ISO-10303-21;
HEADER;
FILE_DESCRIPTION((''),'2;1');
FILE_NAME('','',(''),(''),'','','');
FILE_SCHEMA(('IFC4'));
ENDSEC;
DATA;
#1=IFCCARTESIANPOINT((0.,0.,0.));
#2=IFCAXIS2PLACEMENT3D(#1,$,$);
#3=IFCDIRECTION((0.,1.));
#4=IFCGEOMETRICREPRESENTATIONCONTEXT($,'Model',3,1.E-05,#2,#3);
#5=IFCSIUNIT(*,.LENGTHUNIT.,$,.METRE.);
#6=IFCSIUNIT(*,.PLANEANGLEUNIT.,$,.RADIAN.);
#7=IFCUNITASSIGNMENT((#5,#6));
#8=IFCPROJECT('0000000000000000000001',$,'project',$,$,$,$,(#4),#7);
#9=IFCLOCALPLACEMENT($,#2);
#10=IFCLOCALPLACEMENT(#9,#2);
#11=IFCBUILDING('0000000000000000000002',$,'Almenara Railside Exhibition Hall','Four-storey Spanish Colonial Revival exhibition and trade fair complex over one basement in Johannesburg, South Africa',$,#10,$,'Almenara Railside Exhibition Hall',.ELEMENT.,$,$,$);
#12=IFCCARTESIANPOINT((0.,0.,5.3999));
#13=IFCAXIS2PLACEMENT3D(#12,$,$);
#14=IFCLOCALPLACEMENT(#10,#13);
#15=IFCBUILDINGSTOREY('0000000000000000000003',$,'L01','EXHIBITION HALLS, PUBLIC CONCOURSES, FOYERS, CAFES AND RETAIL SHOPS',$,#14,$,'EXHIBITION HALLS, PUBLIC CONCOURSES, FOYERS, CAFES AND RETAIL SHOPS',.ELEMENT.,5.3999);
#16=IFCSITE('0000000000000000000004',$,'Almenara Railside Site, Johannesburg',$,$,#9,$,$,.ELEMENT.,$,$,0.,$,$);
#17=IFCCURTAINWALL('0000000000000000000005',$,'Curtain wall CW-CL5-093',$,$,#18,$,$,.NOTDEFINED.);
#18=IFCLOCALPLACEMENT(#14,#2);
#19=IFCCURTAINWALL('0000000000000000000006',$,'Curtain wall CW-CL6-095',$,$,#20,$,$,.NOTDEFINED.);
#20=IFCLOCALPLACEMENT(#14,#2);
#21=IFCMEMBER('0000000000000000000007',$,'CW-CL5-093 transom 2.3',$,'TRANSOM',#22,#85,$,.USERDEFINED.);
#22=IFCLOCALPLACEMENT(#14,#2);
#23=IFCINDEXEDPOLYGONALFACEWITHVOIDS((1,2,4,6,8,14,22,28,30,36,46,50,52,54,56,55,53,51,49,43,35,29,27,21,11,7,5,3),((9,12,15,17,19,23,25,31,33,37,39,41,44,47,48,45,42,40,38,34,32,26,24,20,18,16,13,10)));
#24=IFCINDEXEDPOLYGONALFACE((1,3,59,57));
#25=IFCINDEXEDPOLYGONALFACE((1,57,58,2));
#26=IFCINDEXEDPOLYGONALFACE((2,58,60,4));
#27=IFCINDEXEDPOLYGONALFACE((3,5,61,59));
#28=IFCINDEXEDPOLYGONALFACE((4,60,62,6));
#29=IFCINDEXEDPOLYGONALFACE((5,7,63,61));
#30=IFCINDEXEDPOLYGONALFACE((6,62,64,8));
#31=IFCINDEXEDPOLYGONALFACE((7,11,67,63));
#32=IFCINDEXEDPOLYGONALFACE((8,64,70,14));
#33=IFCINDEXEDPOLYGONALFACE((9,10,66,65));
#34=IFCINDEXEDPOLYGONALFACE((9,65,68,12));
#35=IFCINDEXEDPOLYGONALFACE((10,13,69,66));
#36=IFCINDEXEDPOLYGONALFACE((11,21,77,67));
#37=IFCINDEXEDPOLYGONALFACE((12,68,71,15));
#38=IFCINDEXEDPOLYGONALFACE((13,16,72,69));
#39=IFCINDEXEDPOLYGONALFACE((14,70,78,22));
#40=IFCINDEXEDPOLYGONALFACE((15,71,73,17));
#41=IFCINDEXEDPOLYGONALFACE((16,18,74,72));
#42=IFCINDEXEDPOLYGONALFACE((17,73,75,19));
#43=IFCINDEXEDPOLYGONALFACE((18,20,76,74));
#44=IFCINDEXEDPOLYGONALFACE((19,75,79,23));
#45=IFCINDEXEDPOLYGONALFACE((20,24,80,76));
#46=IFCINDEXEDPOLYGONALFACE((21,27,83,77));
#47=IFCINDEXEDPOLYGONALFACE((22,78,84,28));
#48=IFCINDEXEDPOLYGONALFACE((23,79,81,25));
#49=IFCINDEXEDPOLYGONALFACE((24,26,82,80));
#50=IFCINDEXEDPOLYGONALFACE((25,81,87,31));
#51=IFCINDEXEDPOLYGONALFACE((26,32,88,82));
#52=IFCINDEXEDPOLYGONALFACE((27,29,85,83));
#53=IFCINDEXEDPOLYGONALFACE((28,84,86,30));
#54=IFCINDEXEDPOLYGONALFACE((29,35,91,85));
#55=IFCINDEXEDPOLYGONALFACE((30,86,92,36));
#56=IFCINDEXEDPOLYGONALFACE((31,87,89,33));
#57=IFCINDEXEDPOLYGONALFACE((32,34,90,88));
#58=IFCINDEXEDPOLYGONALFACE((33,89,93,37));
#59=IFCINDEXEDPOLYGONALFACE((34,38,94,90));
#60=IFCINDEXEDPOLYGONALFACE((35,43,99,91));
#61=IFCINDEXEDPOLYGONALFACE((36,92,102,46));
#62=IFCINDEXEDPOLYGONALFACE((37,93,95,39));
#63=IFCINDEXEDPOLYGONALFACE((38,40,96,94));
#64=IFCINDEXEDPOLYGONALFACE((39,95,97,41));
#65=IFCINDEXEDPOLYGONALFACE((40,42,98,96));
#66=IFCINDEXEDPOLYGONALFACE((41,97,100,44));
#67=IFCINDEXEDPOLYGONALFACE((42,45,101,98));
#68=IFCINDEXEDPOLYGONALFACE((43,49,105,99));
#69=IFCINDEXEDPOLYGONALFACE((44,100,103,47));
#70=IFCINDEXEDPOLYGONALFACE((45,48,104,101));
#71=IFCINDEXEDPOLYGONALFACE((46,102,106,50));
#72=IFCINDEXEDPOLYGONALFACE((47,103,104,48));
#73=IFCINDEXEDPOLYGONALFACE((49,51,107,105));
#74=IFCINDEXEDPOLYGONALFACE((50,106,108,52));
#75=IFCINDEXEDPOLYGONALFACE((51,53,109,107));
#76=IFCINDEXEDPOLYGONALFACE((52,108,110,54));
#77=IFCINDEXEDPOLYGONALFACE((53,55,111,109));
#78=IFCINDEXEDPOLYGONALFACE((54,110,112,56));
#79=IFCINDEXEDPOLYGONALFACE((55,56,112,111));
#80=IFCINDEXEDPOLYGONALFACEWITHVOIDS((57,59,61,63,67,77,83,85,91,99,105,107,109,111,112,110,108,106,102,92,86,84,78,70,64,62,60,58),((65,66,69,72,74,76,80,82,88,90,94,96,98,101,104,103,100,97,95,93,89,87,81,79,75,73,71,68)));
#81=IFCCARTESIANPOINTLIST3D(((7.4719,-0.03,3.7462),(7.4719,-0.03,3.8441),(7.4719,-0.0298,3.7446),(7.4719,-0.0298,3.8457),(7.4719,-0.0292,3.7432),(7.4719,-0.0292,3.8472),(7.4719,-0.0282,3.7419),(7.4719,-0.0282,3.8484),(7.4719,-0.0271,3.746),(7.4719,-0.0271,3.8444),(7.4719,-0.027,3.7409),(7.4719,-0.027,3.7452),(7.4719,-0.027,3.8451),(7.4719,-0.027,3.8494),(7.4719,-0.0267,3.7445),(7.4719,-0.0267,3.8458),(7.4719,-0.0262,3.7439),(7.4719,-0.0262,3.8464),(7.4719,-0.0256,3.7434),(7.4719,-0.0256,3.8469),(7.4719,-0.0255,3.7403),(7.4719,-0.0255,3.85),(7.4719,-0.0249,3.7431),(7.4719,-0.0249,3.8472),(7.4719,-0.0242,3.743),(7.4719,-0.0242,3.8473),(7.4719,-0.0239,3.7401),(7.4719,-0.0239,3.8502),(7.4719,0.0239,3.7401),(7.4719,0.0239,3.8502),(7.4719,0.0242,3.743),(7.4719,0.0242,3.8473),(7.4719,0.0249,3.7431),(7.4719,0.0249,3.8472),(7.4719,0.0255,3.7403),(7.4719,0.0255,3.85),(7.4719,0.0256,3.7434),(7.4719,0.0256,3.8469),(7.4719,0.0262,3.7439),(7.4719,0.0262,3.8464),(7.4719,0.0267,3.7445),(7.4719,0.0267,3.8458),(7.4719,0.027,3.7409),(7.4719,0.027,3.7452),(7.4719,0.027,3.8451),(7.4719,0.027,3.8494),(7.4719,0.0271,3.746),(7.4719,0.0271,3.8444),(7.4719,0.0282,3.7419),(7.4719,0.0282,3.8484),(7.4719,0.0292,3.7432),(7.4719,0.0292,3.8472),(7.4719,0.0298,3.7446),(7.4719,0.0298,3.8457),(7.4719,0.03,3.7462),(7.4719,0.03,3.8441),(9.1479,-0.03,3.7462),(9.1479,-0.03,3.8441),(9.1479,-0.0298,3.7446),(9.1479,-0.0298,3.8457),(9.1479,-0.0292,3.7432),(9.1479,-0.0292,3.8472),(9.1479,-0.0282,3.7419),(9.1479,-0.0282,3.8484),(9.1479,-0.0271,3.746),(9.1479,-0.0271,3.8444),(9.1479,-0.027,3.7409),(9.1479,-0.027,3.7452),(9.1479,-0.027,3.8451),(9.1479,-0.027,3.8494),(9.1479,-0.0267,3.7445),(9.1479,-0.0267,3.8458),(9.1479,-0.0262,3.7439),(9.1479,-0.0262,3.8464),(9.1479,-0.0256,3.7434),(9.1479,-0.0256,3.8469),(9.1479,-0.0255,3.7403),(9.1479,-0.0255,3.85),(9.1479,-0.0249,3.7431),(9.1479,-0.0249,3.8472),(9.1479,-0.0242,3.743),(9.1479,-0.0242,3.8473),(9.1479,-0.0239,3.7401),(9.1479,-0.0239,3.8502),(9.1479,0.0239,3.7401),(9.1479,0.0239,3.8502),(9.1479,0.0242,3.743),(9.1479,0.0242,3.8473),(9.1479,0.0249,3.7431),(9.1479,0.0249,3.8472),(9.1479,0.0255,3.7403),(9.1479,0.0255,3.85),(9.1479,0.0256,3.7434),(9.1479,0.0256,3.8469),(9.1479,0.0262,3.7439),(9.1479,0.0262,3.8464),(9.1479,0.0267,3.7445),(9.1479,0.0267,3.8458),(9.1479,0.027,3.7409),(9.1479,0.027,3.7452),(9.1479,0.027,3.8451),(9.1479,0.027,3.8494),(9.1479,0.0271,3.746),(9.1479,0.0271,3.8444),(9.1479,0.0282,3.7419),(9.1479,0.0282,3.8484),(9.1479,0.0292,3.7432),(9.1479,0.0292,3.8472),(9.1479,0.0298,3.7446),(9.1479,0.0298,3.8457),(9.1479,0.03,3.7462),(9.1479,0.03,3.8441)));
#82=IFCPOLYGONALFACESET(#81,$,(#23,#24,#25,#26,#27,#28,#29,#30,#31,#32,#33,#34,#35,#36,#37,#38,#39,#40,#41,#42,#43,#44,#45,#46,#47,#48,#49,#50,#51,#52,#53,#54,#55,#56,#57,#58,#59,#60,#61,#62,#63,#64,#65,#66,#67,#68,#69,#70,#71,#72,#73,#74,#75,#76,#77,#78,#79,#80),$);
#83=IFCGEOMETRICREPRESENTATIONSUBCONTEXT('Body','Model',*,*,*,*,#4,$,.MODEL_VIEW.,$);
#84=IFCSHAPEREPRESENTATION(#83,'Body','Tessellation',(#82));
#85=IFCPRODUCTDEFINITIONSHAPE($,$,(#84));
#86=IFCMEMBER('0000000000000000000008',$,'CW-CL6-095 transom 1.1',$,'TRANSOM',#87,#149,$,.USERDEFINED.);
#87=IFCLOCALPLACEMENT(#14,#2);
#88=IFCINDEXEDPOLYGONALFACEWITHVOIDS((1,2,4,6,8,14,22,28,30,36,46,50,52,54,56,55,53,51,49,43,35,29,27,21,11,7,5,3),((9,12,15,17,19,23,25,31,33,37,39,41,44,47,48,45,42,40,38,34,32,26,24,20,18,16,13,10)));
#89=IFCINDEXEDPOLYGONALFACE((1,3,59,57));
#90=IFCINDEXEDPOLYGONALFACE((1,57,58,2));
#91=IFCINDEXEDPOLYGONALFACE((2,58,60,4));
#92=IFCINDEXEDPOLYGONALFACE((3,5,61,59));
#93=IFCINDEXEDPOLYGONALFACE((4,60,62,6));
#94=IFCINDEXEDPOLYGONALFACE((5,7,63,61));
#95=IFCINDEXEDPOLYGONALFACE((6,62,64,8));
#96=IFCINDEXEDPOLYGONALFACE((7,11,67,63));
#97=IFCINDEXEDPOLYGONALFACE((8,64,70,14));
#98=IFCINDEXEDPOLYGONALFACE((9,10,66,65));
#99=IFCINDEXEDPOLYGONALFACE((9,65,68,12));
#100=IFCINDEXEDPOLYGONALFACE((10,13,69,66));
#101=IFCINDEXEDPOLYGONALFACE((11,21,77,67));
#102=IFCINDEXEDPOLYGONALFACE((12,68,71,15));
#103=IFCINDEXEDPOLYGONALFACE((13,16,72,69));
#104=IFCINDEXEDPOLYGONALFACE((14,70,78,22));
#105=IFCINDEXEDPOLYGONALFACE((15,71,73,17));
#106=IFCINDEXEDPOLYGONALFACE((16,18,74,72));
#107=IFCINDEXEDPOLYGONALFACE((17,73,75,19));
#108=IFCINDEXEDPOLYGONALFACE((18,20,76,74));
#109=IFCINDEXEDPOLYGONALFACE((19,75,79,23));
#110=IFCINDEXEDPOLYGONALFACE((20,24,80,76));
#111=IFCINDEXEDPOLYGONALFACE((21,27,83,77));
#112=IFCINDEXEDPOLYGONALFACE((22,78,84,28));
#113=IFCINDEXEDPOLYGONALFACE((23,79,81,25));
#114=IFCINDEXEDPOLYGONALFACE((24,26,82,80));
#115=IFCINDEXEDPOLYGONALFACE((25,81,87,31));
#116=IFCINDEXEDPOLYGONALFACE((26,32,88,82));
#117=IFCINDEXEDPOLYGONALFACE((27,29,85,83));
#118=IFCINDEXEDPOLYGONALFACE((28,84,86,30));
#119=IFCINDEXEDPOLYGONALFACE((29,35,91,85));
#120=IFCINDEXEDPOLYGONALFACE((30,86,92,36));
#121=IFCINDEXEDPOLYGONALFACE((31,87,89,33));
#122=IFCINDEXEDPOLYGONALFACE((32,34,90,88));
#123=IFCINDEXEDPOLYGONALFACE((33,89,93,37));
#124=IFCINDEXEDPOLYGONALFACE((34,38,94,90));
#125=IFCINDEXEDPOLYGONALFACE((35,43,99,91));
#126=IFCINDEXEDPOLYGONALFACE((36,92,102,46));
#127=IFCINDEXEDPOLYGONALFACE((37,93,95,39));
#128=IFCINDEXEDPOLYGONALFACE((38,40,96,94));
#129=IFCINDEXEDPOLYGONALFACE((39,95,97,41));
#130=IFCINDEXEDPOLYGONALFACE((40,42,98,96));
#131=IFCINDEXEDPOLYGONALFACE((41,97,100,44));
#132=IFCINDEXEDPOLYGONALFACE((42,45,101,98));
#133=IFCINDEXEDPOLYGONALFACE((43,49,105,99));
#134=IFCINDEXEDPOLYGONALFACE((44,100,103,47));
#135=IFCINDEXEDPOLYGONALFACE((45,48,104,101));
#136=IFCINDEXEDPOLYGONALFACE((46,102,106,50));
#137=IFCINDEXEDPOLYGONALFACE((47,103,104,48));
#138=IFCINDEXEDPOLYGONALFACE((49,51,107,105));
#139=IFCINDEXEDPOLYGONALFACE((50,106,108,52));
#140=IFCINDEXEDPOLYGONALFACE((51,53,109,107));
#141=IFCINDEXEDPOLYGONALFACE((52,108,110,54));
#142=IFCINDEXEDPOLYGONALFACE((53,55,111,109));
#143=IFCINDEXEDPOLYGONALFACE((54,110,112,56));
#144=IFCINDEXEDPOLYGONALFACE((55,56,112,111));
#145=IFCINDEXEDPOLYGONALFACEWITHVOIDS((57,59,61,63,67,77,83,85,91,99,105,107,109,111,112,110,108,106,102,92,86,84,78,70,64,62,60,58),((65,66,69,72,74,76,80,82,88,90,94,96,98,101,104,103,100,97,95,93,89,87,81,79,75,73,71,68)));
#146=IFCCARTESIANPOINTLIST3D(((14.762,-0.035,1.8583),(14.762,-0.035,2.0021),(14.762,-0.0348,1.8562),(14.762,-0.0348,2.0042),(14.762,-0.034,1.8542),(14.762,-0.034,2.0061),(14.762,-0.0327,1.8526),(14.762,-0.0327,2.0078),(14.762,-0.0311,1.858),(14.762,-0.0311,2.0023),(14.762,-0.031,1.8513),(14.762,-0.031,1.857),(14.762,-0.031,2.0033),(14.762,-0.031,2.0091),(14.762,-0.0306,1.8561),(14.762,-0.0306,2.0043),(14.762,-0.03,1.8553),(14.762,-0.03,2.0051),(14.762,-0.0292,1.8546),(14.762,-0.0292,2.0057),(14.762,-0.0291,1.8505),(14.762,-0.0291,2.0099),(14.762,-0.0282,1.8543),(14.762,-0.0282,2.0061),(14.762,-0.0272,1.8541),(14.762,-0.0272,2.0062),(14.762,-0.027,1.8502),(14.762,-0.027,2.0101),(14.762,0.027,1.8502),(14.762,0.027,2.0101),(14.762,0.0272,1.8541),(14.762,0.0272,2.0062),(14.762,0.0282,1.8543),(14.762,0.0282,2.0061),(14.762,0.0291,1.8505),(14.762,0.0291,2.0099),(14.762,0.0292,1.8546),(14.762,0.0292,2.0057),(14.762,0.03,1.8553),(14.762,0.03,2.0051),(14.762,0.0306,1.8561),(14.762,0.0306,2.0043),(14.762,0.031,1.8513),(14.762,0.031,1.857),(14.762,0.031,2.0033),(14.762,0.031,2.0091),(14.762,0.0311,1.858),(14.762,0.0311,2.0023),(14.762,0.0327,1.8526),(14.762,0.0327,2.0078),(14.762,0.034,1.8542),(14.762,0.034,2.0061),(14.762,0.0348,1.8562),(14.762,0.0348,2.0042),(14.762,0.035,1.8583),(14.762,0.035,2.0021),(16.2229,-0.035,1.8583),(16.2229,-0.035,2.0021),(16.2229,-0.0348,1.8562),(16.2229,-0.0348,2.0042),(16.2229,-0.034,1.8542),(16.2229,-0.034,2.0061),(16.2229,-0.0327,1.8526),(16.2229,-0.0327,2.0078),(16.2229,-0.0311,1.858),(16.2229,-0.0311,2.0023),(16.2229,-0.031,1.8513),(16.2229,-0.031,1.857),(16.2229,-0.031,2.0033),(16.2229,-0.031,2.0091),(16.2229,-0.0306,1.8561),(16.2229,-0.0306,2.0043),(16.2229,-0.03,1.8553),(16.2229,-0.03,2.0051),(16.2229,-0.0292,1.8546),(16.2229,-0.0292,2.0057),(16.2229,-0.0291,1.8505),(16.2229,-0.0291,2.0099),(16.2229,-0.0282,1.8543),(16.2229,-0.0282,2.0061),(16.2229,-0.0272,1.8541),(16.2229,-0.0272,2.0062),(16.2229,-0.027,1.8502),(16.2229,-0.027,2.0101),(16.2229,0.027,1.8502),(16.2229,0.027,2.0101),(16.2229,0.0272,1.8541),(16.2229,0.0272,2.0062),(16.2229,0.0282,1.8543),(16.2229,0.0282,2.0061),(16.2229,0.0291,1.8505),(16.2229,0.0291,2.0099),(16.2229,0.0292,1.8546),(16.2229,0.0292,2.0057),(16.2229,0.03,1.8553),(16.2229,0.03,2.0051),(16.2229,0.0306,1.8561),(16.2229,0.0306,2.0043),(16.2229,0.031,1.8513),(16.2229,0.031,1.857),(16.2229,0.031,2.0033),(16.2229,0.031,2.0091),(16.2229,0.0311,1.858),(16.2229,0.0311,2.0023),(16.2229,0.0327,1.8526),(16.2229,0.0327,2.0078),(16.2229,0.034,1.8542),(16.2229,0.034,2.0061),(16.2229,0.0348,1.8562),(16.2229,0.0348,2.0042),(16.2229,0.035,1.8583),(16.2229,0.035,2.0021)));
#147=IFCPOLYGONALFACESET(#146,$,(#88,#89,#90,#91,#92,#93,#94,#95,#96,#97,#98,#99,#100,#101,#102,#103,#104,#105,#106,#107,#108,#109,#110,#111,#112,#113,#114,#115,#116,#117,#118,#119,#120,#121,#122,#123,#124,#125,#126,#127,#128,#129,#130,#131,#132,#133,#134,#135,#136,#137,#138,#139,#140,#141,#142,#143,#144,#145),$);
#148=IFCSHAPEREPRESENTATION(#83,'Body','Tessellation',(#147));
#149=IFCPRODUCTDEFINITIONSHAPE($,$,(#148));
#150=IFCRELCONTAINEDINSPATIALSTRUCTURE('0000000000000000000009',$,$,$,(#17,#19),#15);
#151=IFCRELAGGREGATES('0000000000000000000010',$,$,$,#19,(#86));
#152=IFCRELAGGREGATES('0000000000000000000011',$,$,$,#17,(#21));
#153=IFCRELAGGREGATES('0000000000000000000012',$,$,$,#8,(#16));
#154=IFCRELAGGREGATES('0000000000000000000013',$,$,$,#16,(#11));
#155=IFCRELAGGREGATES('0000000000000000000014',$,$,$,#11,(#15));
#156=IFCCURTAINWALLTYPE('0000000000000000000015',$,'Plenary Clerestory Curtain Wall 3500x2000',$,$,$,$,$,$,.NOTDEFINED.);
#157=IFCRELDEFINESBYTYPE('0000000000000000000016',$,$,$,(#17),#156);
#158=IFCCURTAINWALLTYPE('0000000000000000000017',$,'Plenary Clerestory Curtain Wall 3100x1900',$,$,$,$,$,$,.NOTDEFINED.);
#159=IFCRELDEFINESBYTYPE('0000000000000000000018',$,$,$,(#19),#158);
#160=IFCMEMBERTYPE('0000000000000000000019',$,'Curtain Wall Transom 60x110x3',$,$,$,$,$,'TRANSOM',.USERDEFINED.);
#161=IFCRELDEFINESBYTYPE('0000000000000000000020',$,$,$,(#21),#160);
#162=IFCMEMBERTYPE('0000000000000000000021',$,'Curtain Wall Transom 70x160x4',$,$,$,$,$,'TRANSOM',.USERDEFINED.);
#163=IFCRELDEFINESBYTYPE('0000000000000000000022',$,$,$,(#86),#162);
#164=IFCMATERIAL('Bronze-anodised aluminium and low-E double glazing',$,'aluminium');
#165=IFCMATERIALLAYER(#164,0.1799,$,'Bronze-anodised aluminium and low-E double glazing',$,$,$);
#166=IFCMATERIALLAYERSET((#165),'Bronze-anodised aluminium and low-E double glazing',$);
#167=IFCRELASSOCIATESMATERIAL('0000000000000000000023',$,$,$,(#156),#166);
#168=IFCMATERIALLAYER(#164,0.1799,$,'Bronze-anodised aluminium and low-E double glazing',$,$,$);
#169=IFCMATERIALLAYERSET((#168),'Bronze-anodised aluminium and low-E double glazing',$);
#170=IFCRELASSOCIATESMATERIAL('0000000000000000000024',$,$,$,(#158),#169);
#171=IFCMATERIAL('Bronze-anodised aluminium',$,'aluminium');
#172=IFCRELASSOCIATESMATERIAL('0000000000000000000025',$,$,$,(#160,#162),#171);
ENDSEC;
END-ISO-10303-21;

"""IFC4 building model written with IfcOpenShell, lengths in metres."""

from ifc_helpers import new_model, si_unit, direction, frame, origin, origin_2d, place, context, subcontext, project, spatial, hollow_rectangle, extrude, material, layer, layer_set, material_profile, profile_set, type_object, element, aggregate, save


model = new_model("IFC4")

# Units and contexts
model_context = context("Model", 3, precision=1e-05, world=origin(), true_north=direction((0.0, 1.0)))
body_context = subcontext(model_context, "Body", "Model", "MODEL_VIEW")
ifc_project = project(units=[si_unit("LENGTHUNIT", "METRE"), si_unit("PLANEANGLEUNIT", "RADIAN")], contexts=[model_context])

# Site, building, storey
site_placement = place(None, origin())
site = spatial("IfcSite", under=ifc_project, at=site_placement, Name="Almenara Railside Site, Johannesburg", CompositionType="ELEMENT", RefElevation=0.0)
building_placement = place(site_placement, origin())
building = spatial("IfcBuilding", under=site, at=building_placement, Name="Almenara Railside Exhibition Hall", Description="Four-storey Spanish Colonial Revival exhibition and trade fair complex over one basement in Johannesburg, South Africa", LongName="Almenara Railside Exhibition Hall", CompositionType="ELEMENT")
storey_placement = place(building_placement, frame((0.0, 0.0, 5.3999)))
storey = spatial("IfcBuildingStorey", under=building, at=storey_placement, Name="L01", Description="EXHIBITION HALLS, PUBLIC CONCOURSES, FOYERS, CAFES AND RETAIL SHOPS", LongName="EXHIBITION HALLS, PUBLIC CONCOURSES, FOYERS, CAFES AND RETAIL SHOPS", CompositionType="ELEMENT", Elevation=5.3999)

# Curtain walls
ifc_material_1 = material(Name="Bronze-anodised aluminium and low-E double glazing", Category="aluminium")
ifc_layer_1 = layer(ifc_material_1, 0.1799, Name="Bronze-anodised aluminium and low-E double glazing")
ifc_layer_set_1 = layer_set([ifc_layer_1], Name="Bronze-anodised aluminium and low-E double glazing")
curtain_wall_type_1 = type_object("IfcCurtainWallType", Name="Plenary Clerestory Curtain Wall 3500x2000", PredefinedType="NOTDEFINED", material=ifc_layer_set_1)
curtain_wall_1_placement = place(storey_placement, origin())
curtain_wall_1 = element("IfcCurtainWall", 1, at=curtain_wall_1_placement, inside=storey, type_object=curtain_wall_type_1, Name="Curtain wall CW-CL5-093", PredefinedType="NOTDEFINED")
ifc_material_2 = material(Name="Bronze-anodised aluminium", Category="aluminium")
ifc_layer_2 = layer(ifc_material_1, 0.1799, Name="Bronze-anodised aluminium and low-E double glazing")
ifc_layer_set_2 = layer_set([ifc_layer_2], Name="Bronze-anodised aluminium and low-E double glazing")
curtain_wall_type_2 = type_object("IfcCurtainWallType", Name="Plenary Clerestory Curtain Wall 3100x1900", PredefinedType="NOTDEFINED", material=ifc_layer_set_2)
curtain_wall_2_placement = place(storey_placement, origin())
curtain_wall_2 = element("IfcCurtainWall", 2, at=curtain_wall_2_placement, inside=storey, type_object=curtain_wall_type_2, Name="Curtain wall CW-CL6-095", PredefinedType="NOTDEFINED")

# Members
ifc_material_profile_1 = material_profile(ifc_material_2, hollow_rectangle(XDim=0.0601, YDim=0.1101, WallThickness=0.0029, InnerFilletRadius=0.0029, OuterFilletRadius=0.0061, at=origin_2d()), Name="ALU-TRN 60x110x3")
ifc_profile_set_1 = profile_set([ifc_material_profile_1], Name="Bronze-anodised aluminium")
member_type_1 = type_object("IfcMemberType", Name="Curtain Wall Transom 60x110x3", ElementType="TRANSOM", PredefinedType="USERDEFINED", material=ifc_profile_set_1)
member_1_placement = place(storey_placement, frame((7.4719, 0.0, 3.7952), z_axis=(1.0, 0.0, 0.0), x_axis=(0.0, 1.0, 0.0)))
member_1 = element("IfcMember", 3, at=member_1_placement, type_object=member_type_1, Name="CW-CL5-093 transom 2.3", ObjectType="TRANSOM", PredefinedType="USERDEFINED", context=body_context, shape_type="SweptSolid", body=[
    extrude(hollow_rectangle(XDim=0.0601, YDim=0.1101, WallThickness=0.0029, InnerFilletRadius=0.0029, OuterFilletRadius=0.0061, at=origin_2d()), origin(), (0.0, 0.0, 1.0), 1.676),
])
ifc_material_profile_2 = material_profile(ifc_material_2, hollow_rectangle(XDim=0.0701, YDim=0.1599, WallThickness=0.0039, InnerFilletRadius=0.0039, OuterFilletRadius=0.0081, at=origin_2d()), Name="ALU-TRN 70x160x4")
ifc_profile_set_2 = profile_set([ifc_material_profile_2], Name="Bronze-anodised aluminium")
member_type_2 = type_object("IfcMemberType", Name="Curtain Wall Transom 70x160x4", ElementType="TRANSOM", PredefinedType="USERDEFINED", material=ifc_profile_set_2)
member_2_placement = place(storey_placement, frame((14.762, 0.0, 1.9302), z_axis=(1.0, 0.0, 0.0), x_axis=(0.0, 1.0, 0.0)))
member_2 = element("IfcMember", 4, at=member_2_placement, type_object=member_type_2, Name="CW-CL6-095 transom 1.1", ObjectType="TRANSOM", PredefinedType="USERDEFINED", context=body_context, shape_type="SweptSolid", body=[
    extrude(hollow_rectangle(XDim=0.0701, YDim=0.1599, WallThickness=0.0039, InnerFilletRadius=0.0039, OuterFilletRadius=0.0081, at=origin_2d()), origin(), (0.0, 0.0, 1.0), 1.4609),
])

aggregate(curtain_wall_2, [member_2])
aggregate(curtain_wall_1, [member_1])

save(model, "model.ifc")
